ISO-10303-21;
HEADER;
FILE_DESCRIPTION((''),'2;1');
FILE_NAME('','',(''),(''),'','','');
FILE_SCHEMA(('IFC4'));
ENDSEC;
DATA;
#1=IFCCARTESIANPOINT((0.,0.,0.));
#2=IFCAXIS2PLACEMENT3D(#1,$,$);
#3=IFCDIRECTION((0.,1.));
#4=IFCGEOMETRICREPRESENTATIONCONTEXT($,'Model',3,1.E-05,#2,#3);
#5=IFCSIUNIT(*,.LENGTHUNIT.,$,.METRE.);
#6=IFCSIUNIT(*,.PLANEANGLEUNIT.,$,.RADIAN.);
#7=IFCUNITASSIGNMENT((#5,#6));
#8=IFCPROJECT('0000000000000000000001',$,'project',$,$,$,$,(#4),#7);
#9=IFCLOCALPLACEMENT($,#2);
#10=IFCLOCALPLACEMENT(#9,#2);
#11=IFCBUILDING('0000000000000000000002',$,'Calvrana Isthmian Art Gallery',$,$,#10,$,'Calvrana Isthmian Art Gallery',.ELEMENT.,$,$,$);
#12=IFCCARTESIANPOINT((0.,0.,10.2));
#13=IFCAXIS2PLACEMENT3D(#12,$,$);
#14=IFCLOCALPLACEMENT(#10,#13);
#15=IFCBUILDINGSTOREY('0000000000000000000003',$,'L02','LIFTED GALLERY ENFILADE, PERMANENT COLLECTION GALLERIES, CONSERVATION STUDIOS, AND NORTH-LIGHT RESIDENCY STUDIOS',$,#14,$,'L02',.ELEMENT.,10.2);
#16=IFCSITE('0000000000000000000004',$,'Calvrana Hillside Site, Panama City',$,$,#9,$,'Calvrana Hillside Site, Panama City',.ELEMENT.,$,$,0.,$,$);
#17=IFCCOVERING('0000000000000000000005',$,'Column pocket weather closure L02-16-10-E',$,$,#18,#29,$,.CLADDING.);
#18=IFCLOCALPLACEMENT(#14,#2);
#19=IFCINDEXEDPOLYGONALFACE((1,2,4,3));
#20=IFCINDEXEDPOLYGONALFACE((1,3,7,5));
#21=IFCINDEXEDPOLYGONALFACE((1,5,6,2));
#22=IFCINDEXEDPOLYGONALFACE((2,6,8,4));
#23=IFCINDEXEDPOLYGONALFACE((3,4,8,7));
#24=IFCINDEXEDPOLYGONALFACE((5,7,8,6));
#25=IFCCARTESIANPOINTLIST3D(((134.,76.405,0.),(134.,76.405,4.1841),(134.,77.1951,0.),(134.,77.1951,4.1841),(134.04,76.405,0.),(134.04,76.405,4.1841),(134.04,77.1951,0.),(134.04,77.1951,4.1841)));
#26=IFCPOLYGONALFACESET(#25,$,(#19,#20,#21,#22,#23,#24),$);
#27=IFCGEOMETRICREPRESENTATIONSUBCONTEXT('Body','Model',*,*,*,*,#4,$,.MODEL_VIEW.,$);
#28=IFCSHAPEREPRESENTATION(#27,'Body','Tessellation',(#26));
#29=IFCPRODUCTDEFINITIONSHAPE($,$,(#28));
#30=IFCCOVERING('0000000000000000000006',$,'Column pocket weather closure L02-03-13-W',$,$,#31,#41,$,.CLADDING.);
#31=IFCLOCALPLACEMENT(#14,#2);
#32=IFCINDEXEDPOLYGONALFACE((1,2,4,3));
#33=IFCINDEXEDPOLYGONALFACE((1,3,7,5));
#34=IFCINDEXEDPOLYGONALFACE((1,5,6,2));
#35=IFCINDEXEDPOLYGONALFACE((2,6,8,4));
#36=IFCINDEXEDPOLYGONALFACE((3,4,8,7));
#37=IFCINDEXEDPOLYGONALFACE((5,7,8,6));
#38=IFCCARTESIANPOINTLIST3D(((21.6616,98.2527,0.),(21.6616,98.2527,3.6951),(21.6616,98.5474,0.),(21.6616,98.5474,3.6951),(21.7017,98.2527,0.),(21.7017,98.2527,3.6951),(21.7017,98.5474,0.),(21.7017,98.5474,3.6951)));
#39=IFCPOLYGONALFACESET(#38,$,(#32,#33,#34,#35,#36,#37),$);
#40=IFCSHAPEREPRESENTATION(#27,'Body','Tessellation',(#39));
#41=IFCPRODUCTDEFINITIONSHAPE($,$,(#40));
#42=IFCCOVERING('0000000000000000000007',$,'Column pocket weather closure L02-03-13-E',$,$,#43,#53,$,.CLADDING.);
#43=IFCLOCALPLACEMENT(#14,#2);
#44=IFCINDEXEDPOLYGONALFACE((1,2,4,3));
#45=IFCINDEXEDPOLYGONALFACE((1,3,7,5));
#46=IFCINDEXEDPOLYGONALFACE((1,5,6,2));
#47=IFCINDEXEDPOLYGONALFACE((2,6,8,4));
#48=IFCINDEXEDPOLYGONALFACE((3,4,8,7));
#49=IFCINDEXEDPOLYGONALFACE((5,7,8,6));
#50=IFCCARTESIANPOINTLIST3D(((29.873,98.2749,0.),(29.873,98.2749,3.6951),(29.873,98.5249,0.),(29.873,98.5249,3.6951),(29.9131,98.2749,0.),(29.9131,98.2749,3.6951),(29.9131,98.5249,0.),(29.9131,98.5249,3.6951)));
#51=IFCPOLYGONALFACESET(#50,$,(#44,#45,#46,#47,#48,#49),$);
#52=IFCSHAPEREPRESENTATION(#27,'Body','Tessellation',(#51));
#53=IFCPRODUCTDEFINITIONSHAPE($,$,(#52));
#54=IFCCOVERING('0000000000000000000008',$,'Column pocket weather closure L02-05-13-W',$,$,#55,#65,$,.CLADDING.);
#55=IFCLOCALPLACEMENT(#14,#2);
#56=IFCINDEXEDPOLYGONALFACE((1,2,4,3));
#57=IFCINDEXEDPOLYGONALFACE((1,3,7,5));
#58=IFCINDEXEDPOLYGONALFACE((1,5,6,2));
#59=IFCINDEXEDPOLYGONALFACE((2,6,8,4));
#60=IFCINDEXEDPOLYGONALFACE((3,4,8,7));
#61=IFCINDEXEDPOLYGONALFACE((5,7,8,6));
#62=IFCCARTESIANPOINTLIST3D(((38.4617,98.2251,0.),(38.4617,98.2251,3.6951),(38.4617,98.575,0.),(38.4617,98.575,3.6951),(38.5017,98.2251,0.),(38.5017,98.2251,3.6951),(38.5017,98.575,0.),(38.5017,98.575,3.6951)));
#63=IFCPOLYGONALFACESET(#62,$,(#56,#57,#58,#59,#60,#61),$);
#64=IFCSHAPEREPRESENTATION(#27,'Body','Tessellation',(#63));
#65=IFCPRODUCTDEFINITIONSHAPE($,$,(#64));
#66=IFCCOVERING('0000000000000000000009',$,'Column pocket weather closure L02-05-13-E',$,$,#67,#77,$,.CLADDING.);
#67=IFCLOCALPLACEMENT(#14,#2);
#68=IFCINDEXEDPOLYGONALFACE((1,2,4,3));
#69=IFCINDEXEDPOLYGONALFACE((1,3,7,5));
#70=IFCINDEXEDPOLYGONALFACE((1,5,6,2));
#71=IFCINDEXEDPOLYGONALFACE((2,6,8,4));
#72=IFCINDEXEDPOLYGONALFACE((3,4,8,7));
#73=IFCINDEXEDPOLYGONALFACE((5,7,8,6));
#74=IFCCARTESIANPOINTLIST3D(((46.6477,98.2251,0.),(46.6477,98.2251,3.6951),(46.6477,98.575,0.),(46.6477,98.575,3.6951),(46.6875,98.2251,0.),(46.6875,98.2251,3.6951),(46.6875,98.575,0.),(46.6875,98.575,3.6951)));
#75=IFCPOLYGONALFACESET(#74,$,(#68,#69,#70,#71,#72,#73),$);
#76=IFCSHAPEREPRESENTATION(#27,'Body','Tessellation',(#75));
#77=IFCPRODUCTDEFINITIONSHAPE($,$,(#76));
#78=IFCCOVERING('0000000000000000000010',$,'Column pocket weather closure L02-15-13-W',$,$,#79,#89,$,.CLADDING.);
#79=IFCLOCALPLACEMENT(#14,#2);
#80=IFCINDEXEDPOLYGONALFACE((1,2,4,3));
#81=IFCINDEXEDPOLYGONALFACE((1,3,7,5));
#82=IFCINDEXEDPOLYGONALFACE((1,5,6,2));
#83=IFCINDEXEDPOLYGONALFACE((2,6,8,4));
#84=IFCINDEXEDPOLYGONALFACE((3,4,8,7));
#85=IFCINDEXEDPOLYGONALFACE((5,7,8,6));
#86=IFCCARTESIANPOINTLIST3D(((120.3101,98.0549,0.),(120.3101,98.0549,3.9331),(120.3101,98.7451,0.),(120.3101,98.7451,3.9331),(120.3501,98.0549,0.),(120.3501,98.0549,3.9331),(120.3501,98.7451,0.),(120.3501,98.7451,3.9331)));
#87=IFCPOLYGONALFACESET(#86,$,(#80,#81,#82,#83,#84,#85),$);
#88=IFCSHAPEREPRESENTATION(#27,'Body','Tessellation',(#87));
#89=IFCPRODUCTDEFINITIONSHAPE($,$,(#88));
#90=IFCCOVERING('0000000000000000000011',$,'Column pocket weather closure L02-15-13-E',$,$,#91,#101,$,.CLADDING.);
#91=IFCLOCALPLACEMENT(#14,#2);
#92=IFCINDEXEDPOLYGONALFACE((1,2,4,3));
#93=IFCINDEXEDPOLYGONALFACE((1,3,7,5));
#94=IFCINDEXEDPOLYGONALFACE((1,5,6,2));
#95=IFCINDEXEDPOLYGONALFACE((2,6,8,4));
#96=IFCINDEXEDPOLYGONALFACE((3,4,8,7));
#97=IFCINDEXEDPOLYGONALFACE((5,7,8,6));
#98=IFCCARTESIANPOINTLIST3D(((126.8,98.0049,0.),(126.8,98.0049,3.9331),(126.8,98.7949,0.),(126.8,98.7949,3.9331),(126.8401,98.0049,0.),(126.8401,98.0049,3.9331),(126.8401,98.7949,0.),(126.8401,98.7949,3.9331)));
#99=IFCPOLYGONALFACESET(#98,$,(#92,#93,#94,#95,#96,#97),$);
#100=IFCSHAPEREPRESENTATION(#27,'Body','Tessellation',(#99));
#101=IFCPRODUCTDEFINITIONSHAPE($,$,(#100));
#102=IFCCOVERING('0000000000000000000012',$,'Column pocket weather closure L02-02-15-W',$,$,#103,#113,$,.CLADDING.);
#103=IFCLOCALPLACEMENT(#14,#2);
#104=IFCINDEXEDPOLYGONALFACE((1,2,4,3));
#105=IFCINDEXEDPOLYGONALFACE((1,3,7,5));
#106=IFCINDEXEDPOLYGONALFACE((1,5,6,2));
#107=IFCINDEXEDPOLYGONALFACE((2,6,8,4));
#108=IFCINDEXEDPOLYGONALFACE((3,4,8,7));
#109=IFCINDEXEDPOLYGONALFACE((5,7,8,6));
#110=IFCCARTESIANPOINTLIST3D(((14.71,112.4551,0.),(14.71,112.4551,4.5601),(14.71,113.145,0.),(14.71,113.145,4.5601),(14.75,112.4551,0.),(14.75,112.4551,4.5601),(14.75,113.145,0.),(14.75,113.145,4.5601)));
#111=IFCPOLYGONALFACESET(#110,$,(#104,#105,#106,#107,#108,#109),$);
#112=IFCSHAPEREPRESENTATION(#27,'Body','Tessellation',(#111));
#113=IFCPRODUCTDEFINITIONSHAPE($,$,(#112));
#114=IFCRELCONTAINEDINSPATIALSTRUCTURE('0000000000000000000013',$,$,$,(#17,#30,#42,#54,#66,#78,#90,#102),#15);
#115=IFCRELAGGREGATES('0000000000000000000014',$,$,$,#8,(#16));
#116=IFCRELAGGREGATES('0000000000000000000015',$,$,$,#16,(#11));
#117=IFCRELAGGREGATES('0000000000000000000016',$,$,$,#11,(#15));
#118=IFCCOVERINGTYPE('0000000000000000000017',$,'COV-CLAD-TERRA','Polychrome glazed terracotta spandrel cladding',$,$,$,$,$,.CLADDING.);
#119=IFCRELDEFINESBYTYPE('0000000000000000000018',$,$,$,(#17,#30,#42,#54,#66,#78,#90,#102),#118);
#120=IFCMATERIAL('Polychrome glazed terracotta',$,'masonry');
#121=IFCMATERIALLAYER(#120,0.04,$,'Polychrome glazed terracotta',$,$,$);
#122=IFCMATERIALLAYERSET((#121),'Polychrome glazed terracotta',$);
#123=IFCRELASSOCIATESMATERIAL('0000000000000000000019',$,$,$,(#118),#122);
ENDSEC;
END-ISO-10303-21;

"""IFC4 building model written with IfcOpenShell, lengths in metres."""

from ifc_helpers import new_model, si_unit, direction, frame, origin, place, context, subcontext, project, spatial, polyline, outline, extrude, material, layer, layer_set, type_object, element, save


model = new_model("IFC4")

# Units and contexts
model_context = context("Model", 3, precision=1e-05, world=origin(), true_north=direction((0.0, 1.0)))
body_context = subcontext(model_context, "Body", "Model", "MODEL_VIEW")
ifc_project = project(units=[si_unit("LENGTHUNIT", "METRE"), si_unit("PLANEANGLEUNIT", "RADIAN")], contexts=[model_context])

# Site, building, storey
site_placement = place(None, origin())
site = spatial("IfcSite", under=ifc_project, at=site_placement, Name="Calvrana Hillside Site, Panama City", LongName="Calvrana Hillside Site, Panama City", CompositionType="ELEMENT", RefElevation=0.0)
building_placement = place(site_placement, origin())
building = spatial("IfcBuilding", under=site, at=building_placement, Name="Calvrana Isthmian Art Gallery", LongName="Calvrana Isthmian Art Gallery", CompositionType="ELEMENT")
storey_placement = place(building_placement, frame((0.0, 0.0, 10.2)))
storey = spatial("IfcBuildingStorey", under=building, at=storey_placement, Name="L02", Description="LIFTED GALLERY ENFILADE, PERMANENT COLLECTION GALLERIES, CONSERVATION STUDIOS, AND NORTH-LIGHT RESIDENCY STUDIOS", LongName="L02", CompositionType="ELEMENT", Elevation=10.2)

# Coverings
ifc_material = material(Name="Polychrome glazed terracotta", Category="masonry")
ifc_layer = layer(ifc_material, 0.04, Name="Polychrome glazed terracotta")
ifc_layer_set = layer_set([ifc_layer], Name="Polychrome glazed terracotta")
covering_type = type_object("IfcCoveringType", Name="COV-CLAD-TERRA", Description="Polychrome glazed terracotta spandrel cladding", PredefinedType="CLADDING", material=ifc_layer_set)
covering_1_placement = place(storey_placement, origin())
element("IfcCovering", 1, at=covering_1_placement, inside=storey, type_object=covering_type, Name="Column pocket weather closure L02-16-10-E", PredefinedType="CLADDING", context=body_context, shape_type="SweptSolid", body=[
    extrude(outline(polyline([(134.0, 76.405), (134.04, 76.405), (134.04, 77.1951), (134.0, 77.1951), (134.0, 76.405)])), origin(), (0.0, 0.0, 1.0), 4.1841),
])
covering_2_placement = place(storey_placement, origin())
element("IfcCovering", 2, at=covering_2_placement, inside=storey, type_object=covering_type, Name="Column pocket weather closure L02-03-13-W", PredefinedType="CLADDING", context=body_context, shape_type="SweptSolid", body=[
    extrude(outline(polyline([(21.6616, 98.2527), (21.7017, 98.2527), (21.7017, 98.5474), (21.6616, 98.5474), (21.6616, 98.2527)])), origin(), (0.0, 0.0, 1.0), 3.6951),
])
covering_3_placement = place(storey_placement, origin())
element("IfcCovering", 3, at=covering_3_placement, inside=storey, type_object=covering_type, Name="Column pocket weather closure L02-03-13-E", PredefinedType="CLADDING", context=body_context, shape_type="SweptSolid", body=[
    extrude(outline(polyline([(29.873, 98.2749), (29.9131, 98.2749), (29.9131, 98.5249), (29.873, 98.5249), (29.873, 98.2749)])), origin(), (0.0, 0.0, 1.0), 3.6951),
])
covering_4_placement = place(storey_placement, origin())
element("IfcCovering", 4, at=covering_4_placement, inside=storey, type_object=covering_type, Name="Column pocket weather closure L02-05-13-W", PredefinedType="CLADDING", context=body_context, shape_type="SweptSolid", body=[
    extrude(outline(polyline([(38.4617, 98.2251), (38.5017, 98.2251), (38.5017, 98.575), (38.4617, 98.575), (38.4617, 98.2251)])), origin(), (0.0, 0.0, 1.0), 3.6951),
])
covering_5_placement = place(storey_placement, origin())
element("IfcCovering", 5, at=covering_5_placement, inside=storey, type_object=covering_type, Name="Column pocket weather closure L02-05-13-E", PredefinedType="CLADDING", context=body_context, shape_type="SweptSolid", body=[
    extrude(outline(polyline([(46.6477, 98.2251), (46.6875, 98.2251), (46.6875, 98.575), (46.6477, 98.575), (46.6477, 98.2251)])), origin(), (0.0, 0.0, 1.0), 3.6951),
])
covering_6_placement = place(storey_placement, origin())
element("IfcCovering", 6, at=covering_6_placement, inside=storey, type_object=covering_type, Name="Column pocket weather closure L02-15-13-W", PredefinedType="CLADDING", context=body_context, shape_type="SweptSolid", body=[
    extrude(outline(polyline([(120.3101, 98.0549), (120.3501, 98.0549), (120.3501, 98.7451), (120.3101, 98.7451), (120.3101, 98.0549)])), origin(), (0.0, 0.0, 1.0), 3.9331),
])
covering_7_placement = place(storey_placement, origin())
element("IfcCovering", 7, at=covering_7_placement, inside=storey, type_object=covering_type, Name="Column pocket weather closure L02-15-13-E", PredefinedType="CLADDING", context=body_context, shape_type="SweptSolid", body=[
    extrude(outline(polyline([(126.8, 98.0049), (126.8401, 98.0049), (126.8401, 98.7949), (126.8, 98.7949), (126.8, 98.0049)])), origin(), (0.0, 0.0, 1.0), 3.9331),
])
covering_8_placement = place(storey_placement, origin())
element("IfcCovering", 8, at=covering_8_placement, inside=storey, type_object=covering_type, Name="Column pocket weather closure L02-02-15-W", PredefinedType="CLADDING", context=body_context, shape_type="SweptSolid", body=[
    extrude(outline(polyline([(14.71, 112.4551), (14.75, 112.4551), (14.75, 113.145), (14.71, 113.145), (14.71, 112.4551)])), origin(), (0.0, 0.0, 1.0), 4.5601),
])

save(model, "model.ifc")
